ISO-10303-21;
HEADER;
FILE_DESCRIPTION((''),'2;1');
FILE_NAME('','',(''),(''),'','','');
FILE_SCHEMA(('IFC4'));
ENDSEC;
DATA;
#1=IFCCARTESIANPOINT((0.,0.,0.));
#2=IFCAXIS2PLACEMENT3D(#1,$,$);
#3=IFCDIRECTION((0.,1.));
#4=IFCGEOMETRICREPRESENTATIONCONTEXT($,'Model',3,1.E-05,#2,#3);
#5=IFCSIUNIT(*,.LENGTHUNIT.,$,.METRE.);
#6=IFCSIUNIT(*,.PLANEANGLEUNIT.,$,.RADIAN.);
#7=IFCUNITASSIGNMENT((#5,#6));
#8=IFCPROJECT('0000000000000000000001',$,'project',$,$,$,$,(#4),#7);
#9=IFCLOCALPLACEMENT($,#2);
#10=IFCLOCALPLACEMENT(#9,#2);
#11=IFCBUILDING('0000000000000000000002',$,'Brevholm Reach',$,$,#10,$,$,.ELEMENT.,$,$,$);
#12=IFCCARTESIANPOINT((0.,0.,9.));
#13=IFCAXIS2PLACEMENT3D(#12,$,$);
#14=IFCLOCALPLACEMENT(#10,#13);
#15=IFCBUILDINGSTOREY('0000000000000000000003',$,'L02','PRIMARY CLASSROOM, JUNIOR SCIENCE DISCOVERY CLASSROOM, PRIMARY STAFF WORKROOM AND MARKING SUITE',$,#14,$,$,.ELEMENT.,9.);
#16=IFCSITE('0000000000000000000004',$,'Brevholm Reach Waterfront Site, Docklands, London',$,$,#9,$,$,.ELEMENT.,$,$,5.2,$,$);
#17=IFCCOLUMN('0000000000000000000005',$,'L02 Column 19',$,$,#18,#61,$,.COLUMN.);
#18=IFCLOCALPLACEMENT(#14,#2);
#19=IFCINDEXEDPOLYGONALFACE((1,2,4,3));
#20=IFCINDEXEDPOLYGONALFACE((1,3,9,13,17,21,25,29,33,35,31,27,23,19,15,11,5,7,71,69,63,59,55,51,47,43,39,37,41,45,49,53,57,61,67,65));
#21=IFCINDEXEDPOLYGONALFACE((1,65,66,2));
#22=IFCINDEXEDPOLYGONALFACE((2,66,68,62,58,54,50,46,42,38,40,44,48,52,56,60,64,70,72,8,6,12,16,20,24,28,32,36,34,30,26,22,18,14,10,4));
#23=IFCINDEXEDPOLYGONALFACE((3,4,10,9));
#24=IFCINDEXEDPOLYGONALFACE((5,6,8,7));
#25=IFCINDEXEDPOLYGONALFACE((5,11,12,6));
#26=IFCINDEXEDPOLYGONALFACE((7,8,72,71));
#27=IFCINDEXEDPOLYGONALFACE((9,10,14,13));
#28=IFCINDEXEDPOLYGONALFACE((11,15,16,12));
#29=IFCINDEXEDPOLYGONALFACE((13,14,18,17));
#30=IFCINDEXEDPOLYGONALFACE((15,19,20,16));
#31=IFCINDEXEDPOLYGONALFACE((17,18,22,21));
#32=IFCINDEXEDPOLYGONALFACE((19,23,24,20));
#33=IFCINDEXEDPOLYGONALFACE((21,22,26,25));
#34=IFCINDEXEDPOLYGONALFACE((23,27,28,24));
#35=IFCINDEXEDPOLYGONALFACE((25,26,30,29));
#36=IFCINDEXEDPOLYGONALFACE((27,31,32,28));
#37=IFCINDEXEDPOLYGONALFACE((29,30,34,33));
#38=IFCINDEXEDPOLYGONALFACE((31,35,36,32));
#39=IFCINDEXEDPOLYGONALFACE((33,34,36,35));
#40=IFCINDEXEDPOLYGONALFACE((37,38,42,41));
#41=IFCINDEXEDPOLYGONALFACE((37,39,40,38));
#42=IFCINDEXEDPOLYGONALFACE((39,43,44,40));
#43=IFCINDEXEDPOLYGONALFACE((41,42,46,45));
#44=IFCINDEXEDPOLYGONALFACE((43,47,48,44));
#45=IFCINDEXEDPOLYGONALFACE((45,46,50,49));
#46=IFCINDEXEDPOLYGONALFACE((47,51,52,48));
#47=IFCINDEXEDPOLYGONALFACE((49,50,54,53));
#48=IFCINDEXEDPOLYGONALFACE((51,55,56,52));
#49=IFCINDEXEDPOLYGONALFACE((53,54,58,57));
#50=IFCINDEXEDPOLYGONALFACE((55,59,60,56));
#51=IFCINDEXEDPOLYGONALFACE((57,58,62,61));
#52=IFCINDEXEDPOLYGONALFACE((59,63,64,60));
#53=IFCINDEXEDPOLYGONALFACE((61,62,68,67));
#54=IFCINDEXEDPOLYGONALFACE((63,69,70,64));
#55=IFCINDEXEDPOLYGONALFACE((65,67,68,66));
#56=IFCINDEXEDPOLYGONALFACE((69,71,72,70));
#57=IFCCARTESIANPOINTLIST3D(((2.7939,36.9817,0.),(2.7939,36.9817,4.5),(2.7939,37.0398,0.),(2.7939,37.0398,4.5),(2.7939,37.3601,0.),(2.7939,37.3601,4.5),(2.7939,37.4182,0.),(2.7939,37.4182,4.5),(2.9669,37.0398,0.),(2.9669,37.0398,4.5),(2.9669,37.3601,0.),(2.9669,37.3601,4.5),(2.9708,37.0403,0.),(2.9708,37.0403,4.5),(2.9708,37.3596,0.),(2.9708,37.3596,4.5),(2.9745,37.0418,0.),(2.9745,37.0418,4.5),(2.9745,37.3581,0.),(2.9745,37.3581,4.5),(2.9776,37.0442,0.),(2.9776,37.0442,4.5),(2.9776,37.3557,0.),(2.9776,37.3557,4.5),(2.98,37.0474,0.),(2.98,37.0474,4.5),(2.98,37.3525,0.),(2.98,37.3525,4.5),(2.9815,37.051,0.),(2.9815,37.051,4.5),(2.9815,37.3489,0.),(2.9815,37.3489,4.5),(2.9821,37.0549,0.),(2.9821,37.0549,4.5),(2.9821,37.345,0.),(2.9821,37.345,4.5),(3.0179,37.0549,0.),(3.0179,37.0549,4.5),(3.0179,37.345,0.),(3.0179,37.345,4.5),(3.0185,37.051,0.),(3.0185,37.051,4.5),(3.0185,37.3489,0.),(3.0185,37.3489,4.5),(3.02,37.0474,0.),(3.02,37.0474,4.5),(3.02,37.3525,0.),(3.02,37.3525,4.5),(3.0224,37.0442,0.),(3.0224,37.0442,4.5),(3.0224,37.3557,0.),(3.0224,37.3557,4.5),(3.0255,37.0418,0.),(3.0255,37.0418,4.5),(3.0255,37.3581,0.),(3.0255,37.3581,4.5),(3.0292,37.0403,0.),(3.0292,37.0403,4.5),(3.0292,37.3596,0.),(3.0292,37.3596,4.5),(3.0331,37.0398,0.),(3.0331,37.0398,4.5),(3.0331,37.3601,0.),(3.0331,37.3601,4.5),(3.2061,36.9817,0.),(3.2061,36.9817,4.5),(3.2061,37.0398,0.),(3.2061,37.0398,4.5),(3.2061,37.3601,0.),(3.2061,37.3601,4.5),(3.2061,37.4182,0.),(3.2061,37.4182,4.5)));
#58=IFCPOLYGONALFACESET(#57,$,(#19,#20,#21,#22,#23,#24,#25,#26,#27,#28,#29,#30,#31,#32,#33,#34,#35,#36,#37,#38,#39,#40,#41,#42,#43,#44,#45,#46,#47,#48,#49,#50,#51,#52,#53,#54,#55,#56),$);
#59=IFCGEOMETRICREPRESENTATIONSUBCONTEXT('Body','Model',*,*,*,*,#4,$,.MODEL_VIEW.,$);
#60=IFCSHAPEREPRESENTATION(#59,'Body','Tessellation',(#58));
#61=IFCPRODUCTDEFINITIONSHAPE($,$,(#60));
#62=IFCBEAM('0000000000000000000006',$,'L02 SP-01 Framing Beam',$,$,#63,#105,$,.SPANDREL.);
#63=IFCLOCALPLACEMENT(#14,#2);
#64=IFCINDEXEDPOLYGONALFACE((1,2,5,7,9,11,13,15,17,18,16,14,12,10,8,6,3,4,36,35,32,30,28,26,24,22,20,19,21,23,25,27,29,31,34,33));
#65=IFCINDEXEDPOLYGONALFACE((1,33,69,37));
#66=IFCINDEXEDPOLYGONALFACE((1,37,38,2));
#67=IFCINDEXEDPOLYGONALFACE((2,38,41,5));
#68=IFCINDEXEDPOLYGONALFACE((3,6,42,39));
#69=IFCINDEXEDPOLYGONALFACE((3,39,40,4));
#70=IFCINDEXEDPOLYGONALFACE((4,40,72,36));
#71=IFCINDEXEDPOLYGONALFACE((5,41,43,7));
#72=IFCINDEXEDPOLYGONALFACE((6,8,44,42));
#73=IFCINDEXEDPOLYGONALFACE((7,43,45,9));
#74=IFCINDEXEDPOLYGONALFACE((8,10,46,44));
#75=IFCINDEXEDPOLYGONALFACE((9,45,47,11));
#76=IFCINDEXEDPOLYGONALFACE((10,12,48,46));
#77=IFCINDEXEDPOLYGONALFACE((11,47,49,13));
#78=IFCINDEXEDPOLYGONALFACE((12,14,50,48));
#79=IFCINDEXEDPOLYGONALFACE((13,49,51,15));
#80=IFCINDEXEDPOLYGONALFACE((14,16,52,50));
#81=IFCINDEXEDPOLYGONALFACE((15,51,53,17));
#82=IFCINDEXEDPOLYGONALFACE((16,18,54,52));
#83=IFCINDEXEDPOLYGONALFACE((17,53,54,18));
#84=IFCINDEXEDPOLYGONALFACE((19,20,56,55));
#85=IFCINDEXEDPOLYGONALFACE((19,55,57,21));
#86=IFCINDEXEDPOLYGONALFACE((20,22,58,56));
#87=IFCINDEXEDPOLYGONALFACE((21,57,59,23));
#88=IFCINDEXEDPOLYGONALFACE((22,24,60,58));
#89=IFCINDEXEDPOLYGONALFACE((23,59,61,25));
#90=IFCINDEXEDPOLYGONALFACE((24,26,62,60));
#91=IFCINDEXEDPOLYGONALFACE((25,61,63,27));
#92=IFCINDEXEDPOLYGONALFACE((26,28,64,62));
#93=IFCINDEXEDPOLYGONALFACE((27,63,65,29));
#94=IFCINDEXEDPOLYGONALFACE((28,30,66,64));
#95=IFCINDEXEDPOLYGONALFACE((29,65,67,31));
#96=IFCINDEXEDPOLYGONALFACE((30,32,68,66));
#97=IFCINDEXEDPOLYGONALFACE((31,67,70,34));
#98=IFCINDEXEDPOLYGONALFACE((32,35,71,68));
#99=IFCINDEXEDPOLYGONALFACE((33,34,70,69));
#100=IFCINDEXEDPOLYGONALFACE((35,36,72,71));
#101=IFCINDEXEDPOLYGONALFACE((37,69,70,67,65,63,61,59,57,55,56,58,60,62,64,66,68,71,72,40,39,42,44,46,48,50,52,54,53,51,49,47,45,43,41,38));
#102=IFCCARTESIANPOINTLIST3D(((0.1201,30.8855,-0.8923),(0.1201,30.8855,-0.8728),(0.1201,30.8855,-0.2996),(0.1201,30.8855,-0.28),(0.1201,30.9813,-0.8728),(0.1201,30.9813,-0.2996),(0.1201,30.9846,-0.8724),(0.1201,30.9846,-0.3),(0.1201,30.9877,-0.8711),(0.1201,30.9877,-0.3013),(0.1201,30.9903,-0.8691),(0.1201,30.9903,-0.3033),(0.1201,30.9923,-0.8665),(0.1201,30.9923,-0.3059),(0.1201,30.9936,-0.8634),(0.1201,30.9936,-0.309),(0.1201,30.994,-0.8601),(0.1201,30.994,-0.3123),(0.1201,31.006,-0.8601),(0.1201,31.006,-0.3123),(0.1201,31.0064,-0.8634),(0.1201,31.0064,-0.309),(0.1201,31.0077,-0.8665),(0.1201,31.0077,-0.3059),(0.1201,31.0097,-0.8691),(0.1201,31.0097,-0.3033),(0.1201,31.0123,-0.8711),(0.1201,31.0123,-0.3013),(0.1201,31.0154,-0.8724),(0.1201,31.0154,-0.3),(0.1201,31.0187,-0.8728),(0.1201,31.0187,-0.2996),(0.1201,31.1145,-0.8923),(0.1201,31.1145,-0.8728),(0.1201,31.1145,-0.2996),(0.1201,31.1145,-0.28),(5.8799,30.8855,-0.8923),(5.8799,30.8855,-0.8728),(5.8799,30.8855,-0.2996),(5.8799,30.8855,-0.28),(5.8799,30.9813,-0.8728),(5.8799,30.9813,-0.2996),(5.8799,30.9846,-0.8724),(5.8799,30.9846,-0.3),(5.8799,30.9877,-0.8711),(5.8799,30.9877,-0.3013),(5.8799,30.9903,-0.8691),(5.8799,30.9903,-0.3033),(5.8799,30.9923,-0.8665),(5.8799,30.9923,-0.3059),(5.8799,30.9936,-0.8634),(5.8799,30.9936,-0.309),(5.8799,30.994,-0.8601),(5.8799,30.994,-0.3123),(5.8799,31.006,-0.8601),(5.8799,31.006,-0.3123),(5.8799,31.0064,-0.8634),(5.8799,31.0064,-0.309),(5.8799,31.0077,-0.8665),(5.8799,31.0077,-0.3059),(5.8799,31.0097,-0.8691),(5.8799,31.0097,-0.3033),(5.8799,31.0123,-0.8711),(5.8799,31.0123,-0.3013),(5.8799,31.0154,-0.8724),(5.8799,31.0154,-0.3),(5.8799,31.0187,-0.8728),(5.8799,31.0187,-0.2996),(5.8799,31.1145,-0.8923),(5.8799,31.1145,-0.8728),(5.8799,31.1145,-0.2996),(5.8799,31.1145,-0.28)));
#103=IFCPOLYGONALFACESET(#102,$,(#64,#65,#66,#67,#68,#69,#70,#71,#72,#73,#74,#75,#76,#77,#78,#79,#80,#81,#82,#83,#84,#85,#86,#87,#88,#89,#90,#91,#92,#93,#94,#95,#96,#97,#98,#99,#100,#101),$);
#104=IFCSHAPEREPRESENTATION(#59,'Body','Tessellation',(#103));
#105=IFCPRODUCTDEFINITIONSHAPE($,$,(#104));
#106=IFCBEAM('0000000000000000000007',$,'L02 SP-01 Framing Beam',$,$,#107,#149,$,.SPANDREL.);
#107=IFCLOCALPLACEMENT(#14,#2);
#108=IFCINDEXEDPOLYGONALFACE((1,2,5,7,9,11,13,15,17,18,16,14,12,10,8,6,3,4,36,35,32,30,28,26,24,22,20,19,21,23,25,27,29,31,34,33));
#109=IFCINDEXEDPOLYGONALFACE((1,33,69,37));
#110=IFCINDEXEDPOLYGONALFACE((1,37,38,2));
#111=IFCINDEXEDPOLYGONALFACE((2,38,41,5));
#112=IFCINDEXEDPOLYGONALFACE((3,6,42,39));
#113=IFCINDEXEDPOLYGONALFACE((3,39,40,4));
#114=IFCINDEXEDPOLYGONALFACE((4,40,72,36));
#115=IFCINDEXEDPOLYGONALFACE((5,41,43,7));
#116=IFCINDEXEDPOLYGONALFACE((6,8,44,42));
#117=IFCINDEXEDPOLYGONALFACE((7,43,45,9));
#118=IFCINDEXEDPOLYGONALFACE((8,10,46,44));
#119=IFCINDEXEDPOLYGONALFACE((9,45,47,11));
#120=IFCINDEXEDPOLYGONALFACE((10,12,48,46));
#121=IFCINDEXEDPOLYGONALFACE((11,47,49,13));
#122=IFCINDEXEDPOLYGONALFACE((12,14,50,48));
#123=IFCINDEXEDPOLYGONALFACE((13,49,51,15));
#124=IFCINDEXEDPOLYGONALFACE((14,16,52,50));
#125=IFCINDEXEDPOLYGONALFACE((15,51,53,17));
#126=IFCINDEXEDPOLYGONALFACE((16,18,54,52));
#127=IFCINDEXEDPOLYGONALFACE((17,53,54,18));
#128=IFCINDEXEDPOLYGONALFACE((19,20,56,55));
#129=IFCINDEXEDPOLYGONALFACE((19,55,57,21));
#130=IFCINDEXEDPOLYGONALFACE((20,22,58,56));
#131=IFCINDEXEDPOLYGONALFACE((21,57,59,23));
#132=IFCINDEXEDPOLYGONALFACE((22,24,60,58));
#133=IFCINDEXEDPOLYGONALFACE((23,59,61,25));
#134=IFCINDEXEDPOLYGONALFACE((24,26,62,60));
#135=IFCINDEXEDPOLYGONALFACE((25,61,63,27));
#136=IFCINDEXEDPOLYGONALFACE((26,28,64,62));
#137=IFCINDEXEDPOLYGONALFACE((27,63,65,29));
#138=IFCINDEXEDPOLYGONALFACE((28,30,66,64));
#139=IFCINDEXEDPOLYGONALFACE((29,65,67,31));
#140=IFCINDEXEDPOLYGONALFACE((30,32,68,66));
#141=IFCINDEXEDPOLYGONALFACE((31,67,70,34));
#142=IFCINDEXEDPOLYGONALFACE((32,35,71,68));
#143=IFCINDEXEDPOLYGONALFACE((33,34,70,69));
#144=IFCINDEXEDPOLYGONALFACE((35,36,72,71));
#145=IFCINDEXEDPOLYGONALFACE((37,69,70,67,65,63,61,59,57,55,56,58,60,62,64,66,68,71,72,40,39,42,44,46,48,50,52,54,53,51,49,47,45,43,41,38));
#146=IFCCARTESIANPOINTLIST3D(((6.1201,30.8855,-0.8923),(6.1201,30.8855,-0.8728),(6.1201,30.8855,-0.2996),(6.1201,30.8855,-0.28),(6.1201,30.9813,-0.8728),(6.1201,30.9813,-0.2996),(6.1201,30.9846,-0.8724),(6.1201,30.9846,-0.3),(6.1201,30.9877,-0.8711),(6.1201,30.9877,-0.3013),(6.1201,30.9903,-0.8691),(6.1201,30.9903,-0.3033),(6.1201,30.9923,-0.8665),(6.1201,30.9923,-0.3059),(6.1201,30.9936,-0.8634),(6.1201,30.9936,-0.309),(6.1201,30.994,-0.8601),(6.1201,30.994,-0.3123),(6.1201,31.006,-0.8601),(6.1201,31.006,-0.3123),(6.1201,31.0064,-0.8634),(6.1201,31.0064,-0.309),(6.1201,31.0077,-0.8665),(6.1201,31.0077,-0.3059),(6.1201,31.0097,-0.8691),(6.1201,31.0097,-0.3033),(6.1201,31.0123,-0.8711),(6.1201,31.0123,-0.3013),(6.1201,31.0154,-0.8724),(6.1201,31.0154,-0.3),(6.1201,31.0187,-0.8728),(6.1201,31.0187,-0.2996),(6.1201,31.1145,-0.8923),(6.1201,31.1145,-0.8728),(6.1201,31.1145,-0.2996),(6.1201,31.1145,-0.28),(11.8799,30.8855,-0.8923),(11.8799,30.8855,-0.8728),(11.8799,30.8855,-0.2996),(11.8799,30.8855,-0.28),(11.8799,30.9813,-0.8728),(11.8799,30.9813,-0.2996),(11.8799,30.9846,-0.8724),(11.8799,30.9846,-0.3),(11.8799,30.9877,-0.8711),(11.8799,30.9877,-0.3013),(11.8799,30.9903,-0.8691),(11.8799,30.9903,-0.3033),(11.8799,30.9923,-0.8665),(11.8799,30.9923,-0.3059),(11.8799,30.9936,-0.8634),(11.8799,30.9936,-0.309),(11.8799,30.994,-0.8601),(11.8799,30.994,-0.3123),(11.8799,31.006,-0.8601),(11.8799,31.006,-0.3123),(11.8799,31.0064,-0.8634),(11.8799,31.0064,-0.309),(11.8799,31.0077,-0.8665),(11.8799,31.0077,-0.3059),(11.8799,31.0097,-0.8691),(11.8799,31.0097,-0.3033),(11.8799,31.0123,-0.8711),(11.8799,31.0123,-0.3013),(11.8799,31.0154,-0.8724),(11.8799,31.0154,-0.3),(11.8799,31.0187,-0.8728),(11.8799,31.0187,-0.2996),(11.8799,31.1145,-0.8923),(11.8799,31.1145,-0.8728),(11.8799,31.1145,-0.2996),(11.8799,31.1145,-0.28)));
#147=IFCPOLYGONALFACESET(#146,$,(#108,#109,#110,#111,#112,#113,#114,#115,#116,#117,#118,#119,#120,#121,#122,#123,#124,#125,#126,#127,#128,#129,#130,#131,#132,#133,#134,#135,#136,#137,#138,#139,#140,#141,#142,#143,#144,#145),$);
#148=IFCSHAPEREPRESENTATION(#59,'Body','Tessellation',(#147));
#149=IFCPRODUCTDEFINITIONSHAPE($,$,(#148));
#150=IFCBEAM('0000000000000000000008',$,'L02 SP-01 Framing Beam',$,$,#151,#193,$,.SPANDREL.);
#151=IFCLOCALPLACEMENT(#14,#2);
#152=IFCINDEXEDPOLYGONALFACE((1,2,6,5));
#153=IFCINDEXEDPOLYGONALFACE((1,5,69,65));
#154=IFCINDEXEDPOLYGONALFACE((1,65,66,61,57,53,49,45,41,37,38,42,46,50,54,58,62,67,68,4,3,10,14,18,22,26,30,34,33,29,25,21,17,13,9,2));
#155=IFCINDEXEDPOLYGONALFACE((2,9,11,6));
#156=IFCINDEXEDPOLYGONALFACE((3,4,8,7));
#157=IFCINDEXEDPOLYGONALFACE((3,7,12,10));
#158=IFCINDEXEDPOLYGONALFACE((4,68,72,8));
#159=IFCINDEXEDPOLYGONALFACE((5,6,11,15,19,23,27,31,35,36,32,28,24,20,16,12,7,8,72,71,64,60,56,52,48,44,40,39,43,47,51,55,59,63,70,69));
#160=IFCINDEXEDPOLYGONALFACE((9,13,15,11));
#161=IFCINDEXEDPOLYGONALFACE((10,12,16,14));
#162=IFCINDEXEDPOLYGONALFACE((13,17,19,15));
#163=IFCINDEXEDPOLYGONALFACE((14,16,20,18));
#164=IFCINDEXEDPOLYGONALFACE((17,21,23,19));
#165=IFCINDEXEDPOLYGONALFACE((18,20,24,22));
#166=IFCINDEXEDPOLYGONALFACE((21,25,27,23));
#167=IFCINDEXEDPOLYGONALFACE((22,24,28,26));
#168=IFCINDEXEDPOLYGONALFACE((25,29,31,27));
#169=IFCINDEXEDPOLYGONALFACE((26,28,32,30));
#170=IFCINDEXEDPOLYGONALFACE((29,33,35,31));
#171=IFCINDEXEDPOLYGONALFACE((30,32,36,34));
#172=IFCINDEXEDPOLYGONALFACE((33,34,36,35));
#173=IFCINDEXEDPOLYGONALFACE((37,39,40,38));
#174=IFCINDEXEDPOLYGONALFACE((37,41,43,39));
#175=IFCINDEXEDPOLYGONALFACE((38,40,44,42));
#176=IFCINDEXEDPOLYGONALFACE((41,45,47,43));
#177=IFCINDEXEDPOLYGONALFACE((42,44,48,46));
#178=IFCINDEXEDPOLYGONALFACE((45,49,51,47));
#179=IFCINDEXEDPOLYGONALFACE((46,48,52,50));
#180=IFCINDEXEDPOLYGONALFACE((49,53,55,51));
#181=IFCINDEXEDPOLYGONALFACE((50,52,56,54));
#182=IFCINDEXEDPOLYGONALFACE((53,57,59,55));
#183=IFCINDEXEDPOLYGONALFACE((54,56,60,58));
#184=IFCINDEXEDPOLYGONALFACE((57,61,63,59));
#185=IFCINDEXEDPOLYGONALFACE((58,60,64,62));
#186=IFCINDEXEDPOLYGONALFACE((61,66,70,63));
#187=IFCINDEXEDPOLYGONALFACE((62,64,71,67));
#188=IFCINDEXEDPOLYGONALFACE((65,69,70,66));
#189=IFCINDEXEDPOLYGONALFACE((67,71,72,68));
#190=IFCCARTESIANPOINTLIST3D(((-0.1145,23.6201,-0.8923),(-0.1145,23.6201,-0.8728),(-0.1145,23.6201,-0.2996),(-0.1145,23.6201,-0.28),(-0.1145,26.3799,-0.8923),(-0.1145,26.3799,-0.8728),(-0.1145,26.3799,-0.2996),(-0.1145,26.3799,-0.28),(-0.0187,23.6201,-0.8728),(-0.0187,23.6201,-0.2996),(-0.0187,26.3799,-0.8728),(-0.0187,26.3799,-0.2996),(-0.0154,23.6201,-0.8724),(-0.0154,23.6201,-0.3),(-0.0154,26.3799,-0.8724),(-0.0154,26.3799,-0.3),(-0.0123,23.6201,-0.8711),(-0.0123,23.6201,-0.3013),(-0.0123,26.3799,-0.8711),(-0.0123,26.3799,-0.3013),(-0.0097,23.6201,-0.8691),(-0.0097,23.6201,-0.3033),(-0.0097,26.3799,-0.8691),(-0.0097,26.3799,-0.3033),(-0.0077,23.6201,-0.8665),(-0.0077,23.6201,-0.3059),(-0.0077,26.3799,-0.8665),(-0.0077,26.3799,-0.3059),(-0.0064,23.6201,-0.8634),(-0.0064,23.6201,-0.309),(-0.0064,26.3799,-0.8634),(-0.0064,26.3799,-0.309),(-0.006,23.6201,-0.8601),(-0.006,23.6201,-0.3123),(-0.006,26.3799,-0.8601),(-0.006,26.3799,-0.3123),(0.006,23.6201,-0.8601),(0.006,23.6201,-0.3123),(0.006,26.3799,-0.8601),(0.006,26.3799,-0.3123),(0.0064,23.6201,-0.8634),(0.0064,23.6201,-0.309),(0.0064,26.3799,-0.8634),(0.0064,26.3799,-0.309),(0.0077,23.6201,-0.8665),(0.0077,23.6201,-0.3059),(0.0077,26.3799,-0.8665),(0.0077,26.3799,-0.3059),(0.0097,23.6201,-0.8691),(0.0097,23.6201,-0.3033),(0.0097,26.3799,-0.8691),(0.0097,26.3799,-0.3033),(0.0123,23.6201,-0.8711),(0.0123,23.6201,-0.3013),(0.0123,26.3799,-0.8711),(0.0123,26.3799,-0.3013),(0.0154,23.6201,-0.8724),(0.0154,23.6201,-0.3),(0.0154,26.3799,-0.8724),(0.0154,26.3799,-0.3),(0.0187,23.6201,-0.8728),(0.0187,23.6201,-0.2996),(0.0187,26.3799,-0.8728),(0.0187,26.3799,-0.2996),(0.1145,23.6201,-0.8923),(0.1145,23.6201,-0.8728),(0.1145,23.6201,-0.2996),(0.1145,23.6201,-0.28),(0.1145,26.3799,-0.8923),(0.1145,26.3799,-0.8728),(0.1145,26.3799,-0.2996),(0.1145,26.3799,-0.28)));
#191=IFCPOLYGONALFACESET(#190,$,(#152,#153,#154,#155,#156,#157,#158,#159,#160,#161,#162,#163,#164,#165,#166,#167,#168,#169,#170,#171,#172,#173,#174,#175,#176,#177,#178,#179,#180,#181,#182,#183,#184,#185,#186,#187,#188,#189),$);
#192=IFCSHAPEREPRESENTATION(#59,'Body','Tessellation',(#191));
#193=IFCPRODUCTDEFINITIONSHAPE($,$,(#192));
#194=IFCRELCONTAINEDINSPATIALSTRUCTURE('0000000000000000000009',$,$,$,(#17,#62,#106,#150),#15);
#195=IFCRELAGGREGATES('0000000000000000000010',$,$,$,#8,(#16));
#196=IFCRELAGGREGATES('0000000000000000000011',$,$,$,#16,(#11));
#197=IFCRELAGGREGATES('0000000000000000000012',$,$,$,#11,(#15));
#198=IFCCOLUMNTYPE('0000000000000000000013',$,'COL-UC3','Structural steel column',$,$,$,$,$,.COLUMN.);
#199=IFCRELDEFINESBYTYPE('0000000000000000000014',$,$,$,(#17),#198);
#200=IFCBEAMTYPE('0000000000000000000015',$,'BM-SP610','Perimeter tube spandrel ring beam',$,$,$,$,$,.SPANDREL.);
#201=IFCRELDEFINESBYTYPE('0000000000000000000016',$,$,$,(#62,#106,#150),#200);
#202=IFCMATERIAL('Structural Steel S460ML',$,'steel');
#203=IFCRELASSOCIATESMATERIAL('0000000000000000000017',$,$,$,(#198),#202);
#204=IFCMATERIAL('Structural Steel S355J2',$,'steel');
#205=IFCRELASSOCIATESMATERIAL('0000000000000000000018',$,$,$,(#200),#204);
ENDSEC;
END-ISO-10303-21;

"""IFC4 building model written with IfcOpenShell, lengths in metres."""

from ifc_helpers import new_model, si_unit, direction, frame, origin, origin_2d, place, context, subcontext, project, spatial, i_section, extrude, material, material_profile, profile_set, type_object, element, save


model = new_model("IFC4")

# Units and contexts
model_context = context("Model", 3, precision=1e-05, world=origin(), true_north=direction((0.0, 1.0)))
body_context = subcontext(model_context, "Body", "Model", "MODEL_VIEW")
ifc_project = project(units=[si_unit("LENGTHUNIT", "METRE"), si_unit("PLANEANGLEUNIT", "RADIAN")], contexts=[model_context])

# Site, building, storey
site_placement = place(None, origin())
site = spatial("IfcSite", under=ifc_project, at=site_placement, Name="Brevholm Reach Waterfront Site, Docklands, London", CompositionType="ELEMENT", RefElevation=5.2)
building_placement = place(site_placement, origin())
building = spatial("IfcBuilding", under=site, at=building_placement, Name="Brevholm Reach", CompositionType="ELEMENT")
storey_placement = place(building_placement, frame((0.0, 0.0, 9.0)))
storey = spatial("IfcBuildingStorey", under=building, at=storey_placement, Name="L02", Description="PRIMARY CLASSROOM, JUNIOR SCIENCE DISCOVERY CLASSROOM, PRIMARY STAFF WORKROOM AND MARKING SUITE", CompositionType="ELEMENT", Elevation=9.0)

# Column
ifc_material_1 = material(Name="Structural Steel S460ML", Category="steel")
ifc_material_profile_1 = material_profile(ifc_material_1, i_section(OverallWidth=0.4121, OverallDepth=0.4365, WebThickness=0.0359, FlangeThickness=0.0581, FilletRadius=0.0151, at=origin_2d()), Name="UKC 356x406x467")
ifc_profile_set_1 = profile_set([ifc_material_profile_1], Name="Structural Steel S460ML")
column_type_1 = type_object("IfcColumnType", Name="COL-UC3", Description="Structural steel column", PredefinedType="COLUMN", material=ifc_profile_set_1)
column_placement = place(storey_placement, frame((3.0, 37.2, 0.0), z_axis=(0.0, 0.0, 1.0), x_axis=(1.0, 0.0, 0.0)))
element("IfcColumn", 1, at=column_placement, inside=storey, type_object=column_type_1, Name="L02 Column 19", PredefinedType="COLUMN", context=body_context, shape_type="SweptSolid", body=[
    extrude(i_section(OverallWidth=0.4121, OverallDepth=0.4365, WebThickness=0.0359, FlangeThickness=0.0581, FilletRadius=0.0151, at=origin_2d()), origin(), (0.0, 0.0, 1.0), 4.5),
])

# Beams
ifc_material_2 = material(Name="Structural Steel S355J2", Category="steel")
ifc_material_profile_2 = material_profile(ifc_material_2, i_section(OverallWidth=0.229, OverallDepth=0.6123, WebThickness=0.012, FlangeThickness=0.0195, FilletRadius=0.0127, at=origin_2d()), Name="UKB 610x229x125")
ifc_profile_set_2 = profile_set([ifc_material_profile_2], Name="Structural Steel S355J2")
beam_type = type_object("IfcBeamType", Name="BM-SP610", Description="Perimeter tube spandrel ring beam", PredefinedType="SPANDREL", material=ifc_profile_set_2)
for number, where, z_axis, x_axis, name in (
    (2, (0.1201, 31.0, -0.5862), (1.0, 0.0, 0.0), (0.0, 1.0, 0.0), "L02 SP-01 Framing Beam"),
    (3, (6.1201, 31.0, -0.5862), (1.0, 0.0, 0.0), (0.0, 1.0, 0.0), "L02 SP-01 Framing Beam"),
):
    element("IfcBeam", number, at=place(storey_placement, frame(where, z_axis=z_axis, x_axis=x_axis)), inside=storey, type_object=beam_type, Name=name, PredefinedType="SPANDREL", context=body_context, shape_type="SweptSolid", body=[
        extrude(i_section(OverallWidth=0.229, OverallDepth=0.6123, WebThickness=0.012, FlangeThickness=0.0195, FilletRadius=0.0127, at=origin_2d()), origin(), (0.0, 0.0, 1.0), 5.7598),
    ])
beam_1_placement = place(storey_placement, frame((0.0, 23.6201, -0.5862), z_axis=(0.0, 1.0, 0.0), x_axis=(-1.0, 0.0, 0.0)))
element("IfcBeam", 4, at=beam_1_placement, inside=storey, type_object=beam_type, Name="L02 SP-01 Framing Beam", PredefinedType="SPANDREL", context=body_context, shape_type="SweptSolid", body=[
    extrude(i_section(OverallWidth=0.229, OverallDepth=0.6123, WebThickness=0.012, FlangeThickness=0.0195, FilletRadius=0.0127, at=origin_2d()), origin(), (0.0, 0.0, 1.0), 2.7598),
])

save(model, "model.ifc")
